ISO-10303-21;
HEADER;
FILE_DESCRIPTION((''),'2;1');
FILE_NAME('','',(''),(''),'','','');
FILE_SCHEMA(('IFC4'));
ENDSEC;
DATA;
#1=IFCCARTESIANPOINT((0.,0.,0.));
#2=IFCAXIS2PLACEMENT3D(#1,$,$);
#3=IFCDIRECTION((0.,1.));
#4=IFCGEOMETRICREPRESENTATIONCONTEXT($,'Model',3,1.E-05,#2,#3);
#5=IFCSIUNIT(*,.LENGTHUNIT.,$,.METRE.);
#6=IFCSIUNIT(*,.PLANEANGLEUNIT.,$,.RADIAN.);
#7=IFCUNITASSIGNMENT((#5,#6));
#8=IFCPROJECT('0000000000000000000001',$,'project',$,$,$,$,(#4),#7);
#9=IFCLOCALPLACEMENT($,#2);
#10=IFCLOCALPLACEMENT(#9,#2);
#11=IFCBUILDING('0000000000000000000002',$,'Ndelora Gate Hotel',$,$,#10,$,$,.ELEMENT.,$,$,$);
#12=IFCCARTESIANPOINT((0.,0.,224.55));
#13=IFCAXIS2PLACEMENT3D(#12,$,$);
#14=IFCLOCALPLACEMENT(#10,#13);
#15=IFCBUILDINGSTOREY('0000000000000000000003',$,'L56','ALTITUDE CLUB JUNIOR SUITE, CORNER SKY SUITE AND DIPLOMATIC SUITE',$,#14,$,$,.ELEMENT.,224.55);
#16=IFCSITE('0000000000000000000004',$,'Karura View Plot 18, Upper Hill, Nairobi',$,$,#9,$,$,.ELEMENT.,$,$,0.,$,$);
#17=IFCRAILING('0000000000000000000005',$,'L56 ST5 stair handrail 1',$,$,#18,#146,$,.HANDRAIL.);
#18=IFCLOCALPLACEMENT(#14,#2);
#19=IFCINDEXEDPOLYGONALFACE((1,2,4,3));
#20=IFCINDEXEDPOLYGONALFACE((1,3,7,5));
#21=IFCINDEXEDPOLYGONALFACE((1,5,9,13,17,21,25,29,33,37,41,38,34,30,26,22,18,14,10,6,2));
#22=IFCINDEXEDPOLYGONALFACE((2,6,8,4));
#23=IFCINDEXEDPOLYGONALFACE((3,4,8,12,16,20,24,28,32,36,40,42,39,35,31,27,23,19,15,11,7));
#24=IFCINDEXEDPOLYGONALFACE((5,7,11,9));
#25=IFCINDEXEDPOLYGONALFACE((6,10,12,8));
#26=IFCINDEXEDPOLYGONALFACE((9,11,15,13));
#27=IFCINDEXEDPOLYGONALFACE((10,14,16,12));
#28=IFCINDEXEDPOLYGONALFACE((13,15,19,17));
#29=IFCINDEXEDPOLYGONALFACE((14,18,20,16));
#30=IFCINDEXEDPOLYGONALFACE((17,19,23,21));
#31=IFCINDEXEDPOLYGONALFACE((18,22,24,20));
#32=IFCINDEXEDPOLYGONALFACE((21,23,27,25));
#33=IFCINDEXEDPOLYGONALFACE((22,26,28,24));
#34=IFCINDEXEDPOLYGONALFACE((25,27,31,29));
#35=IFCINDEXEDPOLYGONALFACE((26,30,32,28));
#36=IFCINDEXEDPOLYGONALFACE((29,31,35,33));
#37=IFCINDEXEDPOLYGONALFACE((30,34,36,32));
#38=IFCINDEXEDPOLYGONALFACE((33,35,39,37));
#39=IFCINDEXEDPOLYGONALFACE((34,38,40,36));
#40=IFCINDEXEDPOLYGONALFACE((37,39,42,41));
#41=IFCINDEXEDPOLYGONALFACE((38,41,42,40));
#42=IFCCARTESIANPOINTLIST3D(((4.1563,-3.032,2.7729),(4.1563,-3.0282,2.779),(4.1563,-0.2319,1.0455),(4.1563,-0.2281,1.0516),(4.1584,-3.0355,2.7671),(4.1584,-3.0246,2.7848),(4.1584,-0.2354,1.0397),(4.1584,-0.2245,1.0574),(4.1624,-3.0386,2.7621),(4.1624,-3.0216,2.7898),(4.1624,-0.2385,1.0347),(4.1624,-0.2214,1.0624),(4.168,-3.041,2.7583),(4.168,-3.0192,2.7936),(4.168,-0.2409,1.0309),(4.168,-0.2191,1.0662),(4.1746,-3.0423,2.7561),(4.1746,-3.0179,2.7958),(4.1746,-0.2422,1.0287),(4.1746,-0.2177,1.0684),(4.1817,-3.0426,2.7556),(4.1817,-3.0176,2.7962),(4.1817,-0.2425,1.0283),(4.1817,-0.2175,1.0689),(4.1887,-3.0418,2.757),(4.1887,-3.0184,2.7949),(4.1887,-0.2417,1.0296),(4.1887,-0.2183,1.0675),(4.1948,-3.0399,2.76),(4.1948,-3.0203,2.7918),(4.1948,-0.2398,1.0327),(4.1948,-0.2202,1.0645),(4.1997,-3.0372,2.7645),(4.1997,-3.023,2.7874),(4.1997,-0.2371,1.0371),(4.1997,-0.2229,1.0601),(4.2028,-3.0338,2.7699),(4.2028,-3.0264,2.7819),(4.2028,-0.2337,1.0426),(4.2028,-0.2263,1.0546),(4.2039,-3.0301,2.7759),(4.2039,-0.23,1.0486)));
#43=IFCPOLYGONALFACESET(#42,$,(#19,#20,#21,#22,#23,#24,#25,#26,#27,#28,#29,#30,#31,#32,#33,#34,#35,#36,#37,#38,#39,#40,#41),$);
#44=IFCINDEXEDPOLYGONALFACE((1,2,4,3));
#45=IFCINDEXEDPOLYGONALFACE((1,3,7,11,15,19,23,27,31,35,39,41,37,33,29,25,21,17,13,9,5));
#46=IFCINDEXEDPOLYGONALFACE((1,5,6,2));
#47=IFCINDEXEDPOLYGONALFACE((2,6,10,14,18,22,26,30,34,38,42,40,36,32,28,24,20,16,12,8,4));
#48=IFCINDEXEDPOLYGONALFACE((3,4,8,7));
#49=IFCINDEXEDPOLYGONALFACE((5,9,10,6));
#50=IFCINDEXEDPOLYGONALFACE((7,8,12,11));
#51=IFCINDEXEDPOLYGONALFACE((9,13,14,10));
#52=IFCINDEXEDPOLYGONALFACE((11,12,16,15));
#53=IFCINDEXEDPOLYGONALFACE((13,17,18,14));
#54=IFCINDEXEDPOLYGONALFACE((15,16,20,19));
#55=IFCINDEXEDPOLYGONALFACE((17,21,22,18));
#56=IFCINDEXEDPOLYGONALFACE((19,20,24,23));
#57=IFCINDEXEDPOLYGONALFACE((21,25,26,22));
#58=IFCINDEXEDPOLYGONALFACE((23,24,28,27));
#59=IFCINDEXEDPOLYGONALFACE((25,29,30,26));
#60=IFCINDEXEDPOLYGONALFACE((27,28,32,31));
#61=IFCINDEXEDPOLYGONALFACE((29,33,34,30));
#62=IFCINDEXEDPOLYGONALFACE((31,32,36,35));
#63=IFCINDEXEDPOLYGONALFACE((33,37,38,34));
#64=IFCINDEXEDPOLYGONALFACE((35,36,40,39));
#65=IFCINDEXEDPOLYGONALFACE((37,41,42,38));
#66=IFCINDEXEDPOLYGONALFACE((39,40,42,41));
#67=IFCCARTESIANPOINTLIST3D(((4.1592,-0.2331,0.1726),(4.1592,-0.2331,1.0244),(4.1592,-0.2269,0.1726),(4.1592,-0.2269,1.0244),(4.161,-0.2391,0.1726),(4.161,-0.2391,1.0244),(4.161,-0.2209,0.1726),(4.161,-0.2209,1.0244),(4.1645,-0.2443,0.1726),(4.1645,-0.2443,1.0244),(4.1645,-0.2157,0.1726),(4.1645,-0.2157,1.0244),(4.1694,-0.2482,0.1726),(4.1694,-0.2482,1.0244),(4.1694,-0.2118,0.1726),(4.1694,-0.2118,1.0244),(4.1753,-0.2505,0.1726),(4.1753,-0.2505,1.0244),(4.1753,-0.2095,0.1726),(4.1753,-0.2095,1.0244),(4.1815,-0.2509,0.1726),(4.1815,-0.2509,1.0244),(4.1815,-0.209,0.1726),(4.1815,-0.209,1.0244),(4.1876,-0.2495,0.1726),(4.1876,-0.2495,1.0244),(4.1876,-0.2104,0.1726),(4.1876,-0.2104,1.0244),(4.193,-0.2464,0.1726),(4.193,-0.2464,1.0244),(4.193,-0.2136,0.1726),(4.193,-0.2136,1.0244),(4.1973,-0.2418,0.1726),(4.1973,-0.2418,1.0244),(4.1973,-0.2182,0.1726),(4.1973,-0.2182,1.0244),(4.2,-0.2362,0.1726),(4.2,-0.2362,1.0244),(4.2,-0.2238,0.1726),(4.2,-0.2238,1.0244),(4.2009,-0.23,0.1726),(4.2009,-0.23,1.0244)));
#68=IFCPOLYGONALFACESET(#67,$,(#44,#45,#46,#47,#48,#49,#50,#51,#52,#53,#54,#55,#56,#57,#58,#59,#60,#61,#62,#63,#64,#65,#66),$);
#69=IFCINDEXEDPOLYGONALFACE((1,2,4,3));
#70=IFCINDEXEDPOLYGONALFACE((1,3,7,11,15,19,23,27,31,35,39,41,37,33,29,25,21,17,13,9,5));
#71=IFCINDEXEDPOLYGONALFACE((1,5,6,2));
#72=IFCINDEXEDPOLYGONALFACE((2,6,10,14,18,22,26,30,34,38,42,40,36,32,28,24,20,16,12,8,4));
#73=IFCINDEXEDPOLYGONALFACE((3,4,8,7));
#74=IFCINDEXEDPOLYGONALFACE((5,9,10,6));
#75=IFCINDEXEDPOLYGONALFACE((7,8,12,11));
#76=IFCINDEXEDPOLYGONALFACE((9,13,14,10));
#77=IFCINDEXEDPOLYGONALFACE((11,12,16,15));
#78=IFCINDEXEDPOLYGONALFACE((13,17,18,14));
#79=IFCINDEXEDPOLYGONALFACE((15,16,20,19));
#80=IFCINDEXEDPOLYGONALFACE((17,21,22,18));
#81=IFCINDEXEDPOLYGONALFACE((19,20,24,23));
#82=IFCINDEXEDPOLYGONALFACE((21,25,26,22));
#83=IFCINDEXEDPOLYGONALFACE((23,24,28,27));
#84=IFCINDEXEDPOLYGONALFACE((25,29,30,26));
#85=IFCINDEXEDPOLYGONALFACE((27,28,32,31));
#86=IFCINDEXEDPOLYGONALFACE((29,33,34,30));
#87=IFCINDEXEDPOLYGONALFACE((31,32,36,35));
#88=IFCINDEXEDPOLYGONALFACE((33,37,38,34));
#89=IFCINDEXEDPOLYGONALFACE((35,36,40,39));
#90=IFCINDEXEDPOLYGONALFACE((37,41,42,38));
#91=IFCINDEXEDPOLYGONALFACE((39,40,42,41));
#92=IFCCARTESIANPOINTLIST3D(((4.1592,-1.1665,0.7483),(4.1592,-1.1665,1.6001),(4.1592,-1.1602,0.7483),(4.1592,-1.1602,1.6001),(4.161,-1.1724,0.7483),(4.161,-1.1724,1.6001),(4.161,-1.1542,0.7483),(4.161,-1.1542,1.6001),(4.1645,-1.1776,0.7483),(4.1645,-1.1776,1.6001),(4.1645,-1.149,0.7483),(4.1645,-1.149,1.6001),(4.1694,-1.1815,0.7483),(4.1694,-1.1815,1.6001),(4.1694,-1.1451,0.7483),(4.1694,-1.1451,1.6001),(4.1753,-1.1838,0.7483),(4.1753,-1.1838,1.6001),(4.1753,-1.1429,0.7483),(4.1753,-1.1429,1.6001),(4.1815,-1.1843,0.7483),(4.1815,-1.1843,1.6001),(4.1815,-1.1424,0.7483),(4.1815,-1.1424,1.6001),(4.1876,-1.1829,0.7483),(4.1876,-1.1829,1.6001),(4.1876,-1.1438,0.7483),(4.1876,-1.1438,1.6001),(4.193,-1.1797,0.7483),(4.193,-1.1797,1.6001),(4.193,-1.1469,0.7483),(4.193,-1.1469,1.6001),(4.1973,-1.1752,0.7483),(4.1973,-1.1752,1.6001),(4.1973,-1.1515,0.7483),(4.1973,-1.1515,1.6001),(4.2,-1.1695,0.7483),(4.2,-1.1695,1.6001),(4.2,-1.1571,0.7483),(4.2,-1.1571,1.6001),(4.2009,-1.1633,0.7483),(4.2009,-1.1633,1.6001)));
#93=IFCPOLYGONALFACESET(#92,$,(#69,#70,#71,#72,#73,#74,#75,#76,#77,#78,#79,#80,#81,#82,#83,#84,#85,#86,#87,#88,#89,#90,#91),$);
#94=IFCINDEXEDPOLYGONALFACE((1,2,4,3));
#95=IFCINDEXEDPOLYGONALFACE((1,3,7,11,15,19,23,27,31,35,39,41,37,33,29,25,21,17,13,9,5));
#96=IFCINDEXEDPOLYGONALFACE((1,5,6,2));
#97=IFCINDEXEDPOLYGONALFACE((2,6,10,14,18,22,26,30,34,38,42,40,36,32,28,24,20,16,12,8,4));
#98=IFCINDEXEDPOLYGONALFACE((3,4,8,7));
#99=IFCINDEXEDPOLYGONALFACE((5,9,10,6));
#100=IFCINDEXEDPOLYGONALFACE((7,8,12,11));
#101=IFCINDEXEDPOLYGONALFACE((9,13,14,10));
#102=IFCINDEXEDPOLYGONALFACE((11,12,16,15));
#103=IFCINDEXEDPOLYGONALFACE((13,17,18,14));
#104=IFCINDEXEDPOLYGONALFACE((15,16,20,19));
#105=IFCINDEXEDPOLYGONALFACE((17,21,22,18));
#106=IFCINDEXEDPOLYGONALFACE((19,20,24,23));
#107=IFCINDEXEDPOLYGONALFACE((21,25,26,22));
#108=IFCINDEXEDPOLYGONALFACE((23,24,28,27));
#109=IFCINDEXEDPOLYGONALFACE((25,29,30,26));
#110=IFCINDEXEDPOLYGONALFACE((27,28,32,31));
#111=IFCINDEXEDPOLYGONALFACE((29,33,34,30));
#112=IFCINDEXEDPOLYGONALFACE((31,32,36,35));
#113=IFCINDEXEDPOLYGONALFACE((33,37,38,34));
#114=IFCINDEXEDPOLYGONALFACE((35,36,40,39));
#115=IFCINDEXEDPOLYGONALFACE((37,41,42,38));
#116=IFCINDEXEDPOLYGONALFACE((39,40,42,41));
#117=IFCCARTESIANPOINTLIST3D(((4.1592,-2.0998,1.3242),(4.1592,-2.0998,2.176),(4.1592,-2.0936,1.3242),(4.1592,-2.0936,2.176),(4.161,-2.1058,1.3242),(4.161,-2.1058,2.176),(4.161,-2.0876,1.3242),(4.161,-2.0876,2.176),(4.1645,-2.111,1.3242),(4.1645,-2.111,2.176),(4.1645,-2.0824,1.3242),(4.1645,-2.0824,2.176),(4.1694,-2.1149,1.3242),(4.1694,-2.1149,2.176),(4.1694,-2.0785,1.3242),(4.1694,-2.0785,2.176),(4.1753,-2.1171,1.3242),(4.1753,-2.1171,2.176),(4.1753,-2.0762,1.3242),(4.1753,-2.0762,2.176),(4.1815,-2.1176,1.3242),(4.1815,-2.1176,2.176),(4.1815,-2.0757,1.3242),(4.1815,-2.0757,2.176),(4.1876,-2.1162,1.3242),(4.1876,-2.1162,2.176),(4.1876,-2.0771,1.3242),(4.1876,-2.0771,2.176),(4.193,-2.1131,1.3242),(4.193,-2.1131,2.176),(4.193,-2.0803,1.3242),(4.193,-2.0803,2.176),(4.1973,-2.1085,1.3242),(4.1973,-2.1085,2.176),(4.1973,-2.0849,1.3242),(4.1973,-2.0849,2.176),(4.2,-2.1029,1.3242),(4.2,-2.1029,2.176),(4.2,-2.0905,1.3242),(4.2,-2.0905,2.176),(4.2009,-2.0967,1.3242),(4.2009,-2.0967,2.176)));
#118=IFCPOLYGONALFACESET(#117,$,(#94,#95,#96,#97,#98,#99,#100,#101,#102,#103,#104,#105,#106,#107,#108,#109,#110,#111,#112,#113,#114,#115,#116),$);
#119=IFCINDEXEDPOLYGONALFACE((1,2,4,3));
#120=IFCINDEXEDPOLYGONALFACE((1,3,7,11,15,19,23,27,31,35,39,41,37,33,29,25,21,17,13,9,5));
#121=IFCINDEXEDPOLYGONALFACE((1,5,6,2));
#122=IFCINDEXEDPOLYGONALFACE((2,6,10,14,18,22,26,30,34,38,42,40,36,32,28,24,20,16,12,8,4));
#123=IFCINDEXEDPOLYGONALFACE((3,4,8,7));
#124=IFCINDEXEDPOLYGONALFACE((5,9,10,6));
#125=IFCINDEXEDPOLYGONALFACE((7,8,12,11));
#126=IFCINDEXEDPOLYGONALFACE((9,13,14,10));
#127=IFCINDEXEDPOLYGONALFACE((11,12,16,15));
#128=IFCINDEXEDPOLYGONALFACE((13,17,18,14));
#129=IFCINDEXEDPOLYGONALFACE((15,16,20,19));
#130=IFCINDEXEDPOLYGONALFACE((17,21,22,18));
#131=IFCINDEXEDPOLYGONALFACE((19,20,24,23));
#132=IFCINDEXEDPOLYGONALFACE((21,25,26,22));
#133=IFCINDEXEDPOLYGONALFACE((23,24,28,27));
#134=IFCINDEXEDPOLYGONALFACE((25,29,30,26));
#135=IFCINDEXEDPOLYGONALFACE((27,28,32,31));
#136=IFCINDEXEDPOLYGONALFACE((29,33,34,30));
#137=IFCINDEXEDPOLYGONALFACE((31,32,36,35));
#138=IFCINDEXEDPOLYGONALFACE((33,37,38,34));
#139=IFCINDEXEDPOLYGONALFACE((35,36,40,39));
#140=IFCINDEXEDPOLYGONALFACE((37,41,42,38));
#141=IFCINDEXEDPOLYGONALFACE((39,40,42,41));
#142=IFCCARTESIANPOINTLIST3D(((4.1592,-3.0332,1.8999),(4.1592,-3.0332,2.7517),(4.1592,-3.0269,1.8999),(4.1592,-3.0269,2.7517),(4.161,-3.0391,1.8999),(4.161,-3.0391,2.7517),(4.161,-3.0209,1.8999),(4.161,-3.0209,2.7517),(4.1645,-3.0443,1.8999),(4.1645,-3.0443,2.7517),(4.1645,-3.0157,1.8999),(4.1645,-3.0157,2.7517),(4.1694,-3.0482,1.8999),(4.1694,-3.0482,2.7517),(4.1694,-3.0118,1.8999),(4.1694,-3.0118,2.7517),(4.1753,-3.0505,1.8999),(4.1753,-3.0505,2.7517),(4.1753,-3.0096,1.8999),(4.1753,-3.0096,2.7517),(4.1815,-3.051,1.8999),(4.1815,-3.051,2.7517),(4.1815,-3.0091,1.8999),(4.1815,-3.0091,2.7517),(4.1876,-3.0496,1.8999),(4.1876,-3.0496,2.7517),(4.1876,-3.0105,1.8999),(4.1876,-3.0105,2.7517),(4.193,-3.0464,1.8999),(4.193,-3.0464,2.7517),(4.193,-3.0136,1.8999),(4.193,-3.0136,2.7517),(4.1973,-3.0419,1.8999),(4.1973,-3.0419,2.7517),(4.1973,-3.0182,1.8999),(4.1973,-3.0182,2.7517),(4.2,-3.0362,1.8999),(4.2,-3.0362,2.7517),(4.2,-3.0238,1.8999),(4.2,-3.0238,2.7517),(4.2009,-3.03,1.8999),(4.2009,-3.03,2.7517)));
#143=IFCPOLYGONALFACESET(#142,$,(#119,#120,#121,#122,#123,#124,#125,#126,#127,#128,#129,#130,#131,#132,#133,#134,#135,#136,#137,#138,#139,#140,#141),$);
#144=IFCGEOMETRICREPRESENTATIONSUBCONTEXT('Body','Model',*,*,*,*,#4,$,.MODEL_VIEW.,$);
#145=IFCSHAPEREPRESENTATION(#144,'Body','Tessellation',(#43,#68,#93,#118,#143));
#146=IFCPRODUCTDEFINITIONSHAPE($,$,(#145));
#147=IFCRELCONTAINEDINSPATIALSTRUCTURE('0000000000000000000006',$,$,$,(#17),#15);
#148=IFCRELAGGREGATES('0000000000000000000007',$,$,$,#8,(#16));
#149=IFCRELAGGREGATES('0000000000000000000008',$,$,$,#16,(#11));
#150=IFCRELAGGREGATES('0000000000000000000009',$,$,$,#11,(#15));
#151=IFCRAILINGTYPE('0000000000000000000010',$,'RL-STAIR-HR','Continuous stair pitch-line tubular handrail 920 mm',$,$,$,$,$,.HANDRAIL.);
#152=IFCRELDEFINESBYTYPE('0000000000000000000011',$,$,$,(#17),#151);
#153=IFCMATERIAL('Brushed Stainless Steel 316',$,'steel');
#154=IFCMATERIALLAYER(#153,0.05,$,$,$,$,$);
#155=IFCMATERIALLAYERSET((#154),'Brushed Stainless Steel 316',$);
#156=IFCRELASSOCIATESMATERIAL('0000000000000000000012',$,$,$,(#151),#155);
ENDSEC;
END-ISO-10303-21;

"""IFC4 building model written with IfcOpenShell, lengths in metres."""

from ifc_helpers import new_model, si_unit, direction, frame, origin, origin_2d, place, context, subcontext, project, spatial, circle, extrude, material, layer, layer_set, type_object, element, save


model = new_model("IFC4")

# Units and contexts
model_context = context("Model", 3, precision=1e-05, world=origin(), true_north=direction((0.0, 1.0)))
body_context = subcontext(model_context, "Body", "Model", "MODEL_VIEW")
ifc_project = project(units=[si_unit("LENGTHUNIT", "METRE"), si_unit("PLANEANGLEUNIT", "RADIAN")], contexts=[model_context])

# Site, building, storey
site_placement = place(None, origin())
site = spatial("IfcSite", under=ifc_project, at=site_placement, Name="Karura View Plot 18, Upper Hill, Nairobi", CompositionType="ELEMENT", RefElevation=0.0)
building_placement = place(site_placement, origin())
building = spatial("IfcBuilding", under=site, at=building_placement, Name="Ndelora Gate Hotel", CompositionType="ELEMENT")
storey_placement = place(building_placement, frame((0.0, 0.0, 224.55)))
storey = spatial("IfcBuildingStorey", under=building, at=storey_placement, Name="L56", Description="ALTITUDE CLUB JUNIOR SUITE, CORNER SKY SUITE AND DIPLOMATIC SUITE", CompositionType="ELEMENT", Elevation=224.55)

# Railing
ifc_material_1 = material(Name="Brushed Stainless Steel 316", Category="steel")
ifc_layer_1 = layer(ifc_material_1, 0.05)
ifc_layer_set_1 = layer_set([ifc_layer_1], Name="Brushed Stainless Steel 316")
railing_type_1 = type_object("IfcRailingType", Name="RL-STAIR-HR", Description="Continuous stair pitch-line tubular handrail 920 mm", PredefinedType="HANDRAIL", material=ifc_layer_set_1)
railing_1_placement = place(storey_placement, frame((4.1799, -0.23, 0.1726)))
element("IfcRailing", 1, at=railing_1_placement, inside=storey, type_object=railing_type_1, Name="L56 ST5 stair handrail 1", PredefinedType="HANDRAIL", context=body_context, shape_type="SweptSolid", body=[
    extrude(circle(Radius=0.0239, at=origin_2d()), frame((0.0, 0.0, 0.876), z_axis=(0.0, -0.85109, 0.52502), x_axis=(1.0, 0.0, 0.0)), (0.0, 0.0, 1.0), 3.29),
    extrude(circle(Radius=0.021, at=origin_2d()), origin(), (0.0, 0.0, 1.0), 0.8518),
    extrude(circle(Radius=0.021, at=origin_2d()), frame((0.0, -0.9333, 0.5757)), (0.0, 0.0, 1.0), 0.8518),
    extrude(circle(Radius=0.021, at=origin_2d()), frame((0.0, -1.8667, 1.1516)), (0.0, 0.0, 1.0), 0.8518),
    extrude(circle(Radius=0.021, at=origin_2d()), frame((0.0, -2.8, 1.7273)), (0.0, 0.0, 1.0), 0.8518),
])

save(model, "model.ifc")
